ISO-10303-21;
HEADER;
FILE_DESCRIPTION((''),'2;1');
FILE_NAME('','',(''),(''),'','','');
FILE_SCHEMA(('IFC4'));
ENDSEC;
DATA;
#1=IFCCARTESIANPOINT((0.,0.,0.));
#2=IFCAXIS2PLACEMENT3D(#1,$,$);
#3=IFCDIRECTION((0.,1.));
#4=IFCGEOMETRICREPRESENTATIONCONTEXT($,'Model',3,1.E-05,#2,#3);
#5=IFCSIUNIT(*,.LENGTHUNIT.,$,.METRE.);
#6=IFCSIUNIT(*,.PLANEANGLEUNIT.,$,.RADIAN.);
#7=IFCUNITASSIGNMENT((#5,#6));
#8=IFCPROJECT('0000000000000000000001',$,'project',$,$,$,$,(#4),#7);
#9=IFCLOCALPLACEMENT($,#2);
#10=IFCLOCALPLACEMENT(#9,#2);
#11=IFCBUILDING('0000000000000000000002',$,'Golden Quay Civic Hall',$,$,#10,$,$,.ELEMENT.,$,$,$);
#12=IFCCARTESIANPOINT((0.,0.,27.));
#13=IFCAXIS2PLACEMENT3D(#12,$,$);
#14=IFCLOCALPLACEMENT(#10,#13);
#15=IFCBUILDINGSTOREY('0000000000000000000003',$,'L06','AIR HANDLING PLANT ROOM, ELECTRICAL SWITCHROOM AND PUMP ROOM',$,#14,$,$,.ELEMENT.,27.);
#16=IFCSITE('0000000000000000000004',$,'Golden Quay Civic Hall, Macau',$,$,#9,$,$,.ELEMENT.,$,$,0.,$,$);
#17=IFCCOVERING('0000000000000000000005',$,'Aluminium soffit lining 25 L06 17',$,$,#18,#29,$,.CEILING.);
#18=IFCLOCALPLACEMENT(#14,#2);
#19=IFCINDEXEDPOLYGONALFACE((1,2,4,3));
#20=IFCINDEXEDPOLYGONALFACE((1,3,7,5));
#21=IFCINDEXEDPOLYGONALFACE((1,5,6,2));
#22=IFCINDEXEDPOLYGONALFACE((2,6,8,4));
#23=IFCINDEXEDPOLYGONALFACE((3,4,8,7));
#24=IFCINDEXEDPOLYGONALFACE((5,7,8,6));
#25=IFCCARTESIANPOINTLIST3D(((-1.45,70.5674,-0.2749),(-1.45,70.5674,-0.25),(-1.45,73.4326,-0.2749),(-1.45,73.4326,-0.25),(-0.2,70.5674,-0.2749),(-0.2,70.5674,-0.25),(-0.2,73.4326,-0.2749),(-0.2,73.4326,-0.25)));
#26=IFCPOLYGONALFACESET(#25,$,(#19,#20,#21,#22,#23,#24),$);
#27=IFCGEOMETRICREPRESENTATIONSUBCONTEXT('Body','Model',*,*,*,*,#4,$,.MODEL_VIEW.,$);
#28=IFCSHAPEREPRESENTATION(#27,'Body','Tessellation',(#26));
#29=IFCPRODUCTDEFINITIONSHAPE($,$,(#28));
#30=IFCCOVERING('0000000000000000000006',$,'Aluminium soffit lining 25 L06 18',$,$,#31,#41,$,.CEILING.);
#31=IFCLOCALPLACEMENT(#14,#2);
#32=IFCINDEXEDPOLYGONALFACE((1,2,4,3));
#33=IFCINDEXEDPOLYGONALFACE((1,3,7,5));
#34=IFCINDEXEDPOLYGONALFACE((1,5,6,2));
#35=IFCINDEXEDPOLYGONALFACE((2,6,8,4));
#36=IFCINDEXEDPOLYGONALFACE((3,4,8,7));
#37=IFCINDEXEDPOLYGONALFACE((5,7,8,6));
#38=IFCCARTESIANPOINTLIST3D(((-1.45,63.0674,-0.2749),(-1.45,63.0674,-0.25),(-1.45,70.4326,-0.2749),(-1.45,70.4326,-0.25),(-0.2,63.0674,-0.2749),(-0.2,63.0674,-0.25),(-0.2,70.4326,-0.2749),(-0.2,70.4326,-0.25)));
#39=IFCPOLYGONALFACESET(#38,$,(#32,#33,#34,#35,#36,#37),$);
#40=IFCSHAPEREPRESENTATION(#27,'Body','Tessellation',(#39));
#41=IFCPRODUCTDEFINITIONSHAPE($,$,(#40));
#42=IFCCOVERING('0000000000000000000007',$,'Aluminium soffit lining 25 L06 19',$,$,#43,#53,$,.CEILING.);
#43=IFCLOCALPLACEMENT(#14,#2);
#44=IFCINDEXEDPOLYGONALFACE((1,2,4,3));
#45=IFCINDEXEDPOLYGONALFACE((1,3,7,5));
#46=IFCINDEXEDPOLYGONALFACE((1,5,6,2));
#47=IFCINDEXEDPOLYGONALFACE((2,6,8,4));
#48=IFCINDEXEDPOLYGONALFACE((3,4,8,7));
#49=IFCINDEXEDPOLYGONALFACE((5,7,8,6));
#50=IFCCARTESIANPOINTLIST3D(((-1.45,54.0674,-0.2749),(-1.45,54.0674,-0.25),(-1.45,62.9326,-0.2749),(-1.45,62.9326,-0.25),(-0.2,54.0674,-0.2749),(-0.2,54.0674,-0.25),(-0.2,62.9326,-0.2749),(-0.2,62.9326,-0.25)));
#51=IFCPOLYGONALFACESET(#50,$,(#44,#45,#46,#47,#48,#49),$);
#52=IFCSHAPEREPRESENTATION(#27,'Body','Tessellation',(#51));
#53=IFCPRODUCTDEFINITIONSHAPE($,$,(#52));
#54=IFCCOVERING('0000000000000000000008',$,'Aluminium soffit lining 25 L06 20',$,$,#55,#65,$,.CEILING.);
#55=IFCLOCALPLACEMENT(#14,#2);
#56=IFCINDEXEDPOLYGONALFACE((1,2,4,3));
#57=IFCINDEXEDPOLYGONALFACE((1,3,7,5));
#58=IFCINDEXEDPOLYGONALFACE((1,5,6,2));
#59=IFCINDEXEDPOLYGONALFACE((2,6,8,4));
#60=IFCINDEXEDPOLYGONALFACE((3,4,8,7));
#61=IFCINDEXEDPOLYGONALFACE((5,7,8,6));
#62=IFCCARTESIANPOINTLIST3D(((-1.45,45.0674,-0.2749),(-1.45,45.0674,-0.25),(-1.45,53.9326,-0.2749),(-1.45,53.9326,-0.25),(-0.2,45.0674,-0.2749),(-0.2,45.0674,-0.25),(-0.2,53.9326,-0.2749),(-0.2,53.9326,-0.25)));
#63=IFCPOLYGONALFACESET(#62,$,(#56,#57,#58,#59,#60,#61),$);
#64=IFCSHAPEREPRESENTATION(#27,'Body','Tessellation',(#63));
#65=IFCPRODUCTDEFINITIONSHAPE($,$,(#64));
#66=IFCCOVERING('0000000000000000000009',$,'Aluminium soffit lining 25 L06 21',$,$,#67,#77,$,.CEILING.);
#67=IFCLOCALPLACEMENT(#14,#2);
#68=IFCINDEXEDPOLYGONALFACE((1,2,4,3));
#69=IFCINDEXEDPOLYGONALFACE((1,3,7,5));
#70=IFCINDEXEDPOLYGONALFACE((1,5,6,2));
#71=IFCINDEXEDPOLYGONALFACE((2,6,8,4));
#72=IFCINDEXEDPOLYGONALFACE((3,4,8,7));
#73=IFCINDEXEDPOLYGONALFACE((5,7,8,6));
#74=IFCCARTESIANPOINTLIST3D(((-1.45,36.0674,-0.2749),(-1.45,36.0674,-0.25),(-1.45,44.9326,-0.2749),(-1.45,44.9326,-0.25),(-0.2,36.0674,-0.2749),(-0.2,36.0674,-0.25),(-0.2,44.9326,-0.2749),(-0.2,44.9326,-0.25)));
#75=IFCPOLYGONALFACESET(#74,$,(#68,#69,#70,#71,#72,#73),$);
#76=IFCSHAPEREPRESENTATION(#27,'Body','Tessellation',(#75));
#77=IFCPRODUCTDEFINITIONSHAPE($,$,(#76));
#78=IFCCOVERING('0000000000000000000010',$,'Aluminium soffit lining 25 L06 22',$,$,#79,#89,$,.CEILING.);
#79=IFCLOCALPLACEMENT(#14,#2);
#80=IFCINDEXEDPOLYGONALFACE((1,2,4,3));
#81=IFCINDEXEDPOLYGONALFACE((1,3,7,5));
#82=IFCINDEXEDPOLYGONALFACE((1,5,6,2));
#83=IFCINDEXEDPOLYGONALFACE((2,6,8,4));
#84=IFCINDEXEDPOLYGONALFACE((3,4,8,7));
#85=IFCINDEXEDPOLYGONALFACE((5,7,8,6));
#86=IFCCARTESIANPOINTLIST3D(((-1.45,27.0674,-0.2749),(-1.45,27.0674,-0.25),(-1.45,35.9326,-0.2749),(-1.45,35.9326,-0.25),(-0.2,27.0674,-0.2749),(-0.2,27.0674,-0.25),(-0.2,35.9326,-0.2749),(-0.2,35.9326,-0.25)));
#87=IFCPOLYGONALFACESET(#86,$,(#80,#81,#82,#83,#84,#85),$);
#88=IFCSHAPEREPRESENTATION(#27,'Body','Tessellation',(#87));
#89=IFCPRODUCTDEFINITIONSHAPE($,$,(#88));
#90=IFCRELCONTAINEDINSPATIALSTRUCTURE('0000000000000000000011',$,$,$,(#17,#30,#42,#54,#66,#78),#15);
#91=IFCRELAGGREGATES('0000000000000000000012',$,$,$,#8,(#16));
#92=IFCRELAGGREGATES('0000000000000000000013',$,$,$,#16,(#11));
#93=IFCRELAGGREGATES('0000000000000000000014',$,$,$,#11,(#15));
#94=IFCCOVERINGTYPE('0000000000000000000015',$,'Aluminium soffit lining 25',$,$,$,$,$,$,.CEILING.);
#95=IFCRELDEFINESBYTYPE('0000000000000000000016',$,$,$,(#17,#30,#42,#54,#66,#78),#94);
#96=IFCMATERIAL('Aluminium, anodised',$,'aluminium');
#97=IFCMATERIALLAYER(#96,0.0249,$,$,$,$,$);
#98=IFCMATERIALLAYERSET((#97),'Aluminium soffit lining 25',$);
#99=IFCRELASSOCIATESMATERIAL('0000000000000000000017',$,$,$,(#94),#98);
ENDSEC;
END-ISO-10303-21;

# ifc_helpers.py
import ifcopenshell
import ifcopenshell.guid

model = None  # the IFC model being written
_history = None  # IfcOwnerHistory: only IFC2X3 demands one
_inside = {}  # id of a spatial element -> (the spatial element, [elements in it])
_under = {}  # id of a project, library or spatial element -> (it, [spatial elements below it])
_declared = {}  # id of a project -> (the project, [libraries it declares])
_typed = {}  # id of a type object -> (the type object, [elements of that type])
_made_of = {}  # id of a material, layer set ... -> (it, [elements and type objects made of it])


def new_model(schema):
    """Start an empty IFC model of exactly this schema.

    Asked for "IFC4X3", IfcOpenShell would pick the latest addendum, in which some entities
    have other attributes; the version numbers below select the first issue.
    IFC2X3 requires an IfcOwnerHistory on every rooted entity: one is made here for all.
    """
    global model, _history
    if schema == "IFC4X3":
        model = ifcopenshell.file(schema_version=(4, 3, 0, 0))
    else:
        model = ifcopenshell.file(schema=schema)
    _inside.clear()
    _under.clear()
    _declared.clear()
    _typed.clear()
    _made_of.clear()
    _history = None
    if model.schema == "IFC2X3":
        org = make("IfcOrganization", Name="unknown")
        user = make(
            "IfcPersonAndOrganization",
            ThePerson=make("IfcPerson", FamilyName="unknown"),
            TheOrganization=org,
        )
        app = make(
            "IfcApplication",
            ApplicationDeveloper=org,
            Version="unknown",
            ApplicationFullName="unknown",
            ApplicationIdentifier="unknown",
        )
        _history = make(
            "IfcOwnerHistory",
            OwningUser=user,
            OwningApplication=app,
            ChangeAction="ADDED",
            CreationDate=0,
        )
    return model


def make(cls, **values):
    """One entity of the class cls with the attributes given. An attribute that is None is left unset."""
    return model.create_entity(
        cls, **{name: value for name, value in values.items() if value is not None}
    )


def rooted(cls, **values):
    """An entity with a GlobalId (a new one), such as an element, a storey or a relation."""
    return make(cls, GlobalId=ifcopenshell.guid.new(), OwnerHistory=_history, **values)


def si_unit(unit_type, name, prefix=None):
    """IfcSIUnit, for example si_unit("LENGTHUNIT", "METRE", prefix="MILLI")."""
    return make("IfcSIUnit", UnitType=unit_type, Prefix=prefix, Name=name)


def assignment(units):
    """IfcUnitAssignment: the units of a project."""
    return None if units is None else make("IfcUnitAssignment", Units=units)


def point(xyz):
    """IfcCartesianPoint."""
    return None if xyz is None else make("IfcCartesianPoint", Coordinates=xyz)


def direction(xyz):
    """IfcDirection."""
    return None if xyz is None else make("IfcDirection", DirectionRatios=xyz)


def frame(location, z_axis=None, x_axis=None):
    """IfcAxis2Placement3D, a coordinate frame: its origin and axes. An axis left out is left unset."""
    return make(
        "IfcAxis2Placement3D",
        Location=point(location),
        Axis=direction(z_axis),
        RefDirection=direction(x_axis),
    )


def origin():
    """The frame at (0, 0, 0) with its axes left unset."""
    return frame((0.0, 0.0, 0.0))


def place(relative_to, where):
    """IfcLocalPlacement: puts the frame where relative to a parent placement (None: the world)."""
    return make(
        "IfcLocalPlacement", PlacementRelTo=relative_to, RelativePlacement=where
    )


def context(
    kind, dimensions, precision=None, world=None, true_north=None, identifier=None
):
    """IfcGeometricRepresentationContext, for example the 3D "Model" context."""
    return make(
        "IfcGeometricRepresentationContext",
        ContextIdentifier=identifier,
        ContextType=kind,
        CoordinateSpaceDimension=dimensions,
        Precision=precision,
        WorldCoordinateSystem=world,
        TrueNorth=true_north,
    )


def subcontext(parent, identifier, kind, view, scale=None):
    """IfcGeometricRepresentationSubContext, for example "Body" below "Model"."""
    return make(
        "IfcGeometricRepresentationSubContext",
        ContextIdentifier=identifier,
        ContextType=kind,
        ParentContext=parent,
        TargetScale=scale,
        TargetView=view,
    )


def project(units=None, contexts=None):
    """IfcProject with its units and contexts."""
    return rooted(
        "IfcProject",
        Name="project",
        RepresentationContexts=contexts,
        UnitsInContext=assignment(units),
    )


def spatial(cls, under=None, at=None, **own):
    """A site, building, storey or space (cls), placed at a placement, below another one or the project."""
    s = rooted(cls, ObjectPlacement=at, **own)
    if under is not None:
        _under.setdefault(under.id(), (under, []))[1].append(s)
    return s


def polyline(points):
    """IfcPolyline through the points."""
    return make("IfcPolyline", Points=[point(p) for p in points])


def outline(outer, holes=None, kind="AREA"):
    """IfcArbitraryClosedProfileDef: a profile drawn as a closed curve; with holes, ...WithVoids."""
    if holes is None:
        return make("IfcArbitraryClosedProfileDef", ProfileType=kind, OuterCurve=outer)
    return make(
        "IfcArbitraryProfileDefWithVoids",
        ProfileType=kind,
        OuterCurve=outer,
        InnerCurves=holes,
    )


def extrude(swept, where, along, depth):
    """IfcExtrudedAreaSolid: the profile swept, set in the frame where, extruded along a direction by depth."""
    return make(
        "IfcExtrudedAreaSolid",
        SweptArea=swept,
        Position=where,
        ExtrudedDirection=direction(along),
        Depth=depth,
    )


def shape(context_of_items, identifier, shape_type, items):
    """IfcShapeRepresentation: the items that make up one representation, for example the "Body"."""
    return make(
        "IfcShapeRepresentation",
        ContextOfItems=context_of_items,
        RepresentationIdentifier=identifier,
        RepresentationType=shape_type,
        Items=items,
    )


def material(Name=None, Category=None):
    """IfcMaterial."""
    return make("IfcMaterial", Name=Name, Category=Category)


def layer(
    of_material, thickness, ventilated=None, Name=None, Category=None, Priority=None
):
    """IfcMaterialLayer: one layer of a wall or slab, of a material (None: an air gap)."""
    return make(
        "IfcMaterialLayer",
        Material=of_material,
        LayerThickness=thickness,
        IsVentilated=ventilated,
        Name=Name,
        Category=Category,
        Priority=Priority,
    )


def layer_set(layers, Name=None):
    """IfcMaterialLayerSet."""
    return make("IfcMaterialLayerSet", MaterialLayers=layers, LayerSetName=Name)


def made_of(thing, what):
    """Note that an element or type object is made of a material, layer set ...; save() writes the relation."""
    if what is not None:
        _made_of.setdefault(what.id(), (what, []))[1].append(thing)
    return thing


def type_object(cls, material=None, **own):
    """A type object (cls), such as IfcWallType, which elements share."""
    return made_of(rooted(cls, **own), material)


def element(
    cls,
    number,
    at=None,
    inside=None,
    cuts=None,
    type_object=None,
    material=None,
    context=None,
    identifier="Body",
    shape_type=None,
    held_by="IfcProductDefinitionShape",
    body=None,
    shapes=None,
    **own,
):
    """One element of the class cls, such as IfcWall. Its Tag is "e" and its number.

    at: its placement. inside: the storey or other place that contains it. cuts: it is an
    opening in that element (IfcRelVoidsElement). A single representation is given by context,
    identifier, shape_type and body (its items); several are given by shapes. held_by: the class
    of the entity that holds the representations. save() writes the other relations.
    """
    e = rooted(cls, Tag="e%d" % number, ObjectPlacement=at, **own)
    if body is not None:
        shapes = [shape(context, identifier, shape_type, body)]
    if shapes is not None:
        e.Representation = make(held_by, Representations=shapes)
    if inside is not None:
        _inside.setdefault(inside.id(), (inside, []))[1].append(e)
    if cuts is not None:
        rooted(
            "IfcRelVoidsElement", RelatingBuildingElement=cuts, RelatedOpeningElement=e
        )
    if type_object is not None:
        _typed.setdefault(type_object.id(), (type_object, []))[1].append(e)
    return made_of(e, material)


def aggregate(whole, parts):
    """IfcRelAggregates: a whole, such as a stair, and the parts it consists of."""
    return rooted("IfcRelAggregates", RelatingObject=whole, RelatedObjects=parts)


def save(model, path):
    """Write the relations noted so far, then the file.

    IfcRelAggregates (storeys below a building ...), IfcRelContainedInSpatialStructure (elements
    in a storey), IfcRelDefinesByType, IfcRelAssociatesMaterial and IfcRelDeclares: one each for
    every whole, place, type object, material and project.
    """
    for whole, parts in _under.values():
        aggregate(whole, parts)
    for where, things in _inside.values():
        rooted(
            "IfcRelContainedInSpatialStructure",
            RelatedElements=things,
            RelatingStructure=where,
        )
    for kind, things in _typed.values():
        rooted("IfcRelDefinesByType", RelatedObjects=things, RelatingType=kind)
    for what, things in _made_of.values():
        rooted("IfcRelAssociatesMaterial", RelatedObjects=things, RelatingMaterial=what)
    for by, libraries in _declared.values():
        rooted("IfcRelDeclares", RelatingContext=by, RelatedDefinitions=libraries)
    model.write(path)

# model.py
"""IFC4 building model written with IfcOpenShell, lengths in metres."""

from ifc_helpers import new_model, si_unit, direction, frame, origin, place, context, subcontext, project, spatial, polyline, outline, extrude, material, layer, layer_set, type_object, element, save


model = new_model("IFC4")

# Units and contexts
model_context = context("Model", 3, precision=1e-05, world=origin(), true_north=direction((0.0, 1.0)))
body_context = subcontext(model_context, "Body", "Model", "MODEL_VIEW")
ifc_project = project(units=[si_unit("LENGTHUNIT", "METRE"), si_unit("PLANEANGLEUNIT", "RADIAN")], contexts=[model_context])

# Site, building, storey
site_placement = place(None, origin())
site = spatial("IfcSite", under=ifc_project, at=site_placement, Name="Golden Quay Civic Hall, Macau", CompositionType="ELEMENT", RefElevation=0.0)
building_placement = place(site_placement, origin())
building = spatial("IfcBuilding", under=site, at=building_placement, Name="Golden Quay Civic Hall", CompositionType="ELEMENT")
storey_placement = place(building_placement, frame((0.0, 0.0, 27.0)))
storey = spatial("IfcBuildingStorey", under=building, at=storey_placement, Name="L06", Description="AIR HANDLING PLANT ROOM, ELECTRICAL SWITCHROOM AND PUMP ROOM", CompositionType="ELEMENT", Elevation=27.0)

# Coverings
ifc_material = material(Name="Aluminium, anodised", Category="aluminium")
ifc_layer = layer(ifc_material, 0.0249)
ifc_layer_set = layer_set([ifc_layer], Name="Aluminium soffit lining 25")
covering_type = type_object("IfcCoveringType", Name="Aluminium soffit lining 25", PredefinedType="CEILING", material=ifc_layer_set)
covering_1_placement = place(storey_placement, frame((0.0, 0.0, -0.2749)))
element("IfcCovering", 1, at=covering_1_placement, inside=storey, type_object=covering_type, Name="Aluminium soffit lining 25 L06 17", PredefinedType="CEILING", context=body_context, shape_type="SweptSolid", body=[
    extrude(outline(polyline([(-0.2, 70.5674), (-1.45, 70.5674), (-1.45, 73.4326), (-0.2, 73.4326), (-0.2, 70.5674)])), origin(), (0.0, 0.0, 1.0), 0.0249),
])
covering_2_placement = place(storey_placement, frame((0.0, 0.0, -0.2749)))
element("IfcCovering", 2, at=covering_2_placement, inside=storey, type_object=covering_type, Name="Aluminium soffit lining 25 L06 18", PredefinedType="CEILING", context=body_context, shape_type="SweptSolid", body=[
    extrude(outline(polyline([(-0.2, 63.0674), (-1.45, 63.0674), (-1.45, 70.4326), (-0.2, 70.4326), (-0.2, 63.0674)])), origin(), (0.0, 0.0, 1.0), 0.0249),
])
covering_3_placement = place(storey_placement, frame((0.0, 0.0, -0.2749)))
element("IfcCovering", 3, at=covering_3_placement, inside=storey, type_object=covering_type, Name="Aluminium soffit lining 25 L06 19", PredefinedType="CEILING", context=body_context, shape_type="SweptSolid", body=[
    extrude(outline(polyline([(-0.2, 54.0674), (-1.45, 54.0674), (-1.45, 62.9326), (-0.2, 62.9326), (-0.2, 54.0674)])), origin(), (0.0, 0.0, 1.0), 0.0249),
])
covering_4_placement = place(storey_placement, frame((0.0, 0.0, -0.2749)))
element("IfcCovering", 4, at=covering_4_placement, inside=storey, type_object=covering_type, Name="Aluminium soffit lining 25 L06 20", PredefinedType="CEILING", context=body_context, shape_type="SweptSolid", body=[
    extrude(outline(polyline([(-0.2, 45.0674), (-1.45, 45.0674), (-1.45, 53.9326), (-0.2, 53.9326), (-0.2, 45.0674)])), origin(), (0.0, 0.0, 1.0), 0.0249),
])
covering_5_placement = place(storey_placement, frame((0.0, 0.0, -0.2749)))
element("IfcCovering", 5, at=covering_5_placement, inside=storey, type_object=covering_type, Name="Aluminium soffit lining 25 L06 21", PredefinedType="CEILING", context=body_context, shape_type="SweptSolid", body=[
    extrude(outline(polyline([(-0.2, 36.0674), (-1.45, 36.0674), (-1.45, 44.9326), (-0.2, 44.9326), (-0.2, 36.0674)])), origin(), (0.0, 0.0, 1.0), 0.0249),
])
covering_6_placement = place(storey_placement, frame((0.0, 0.0, -0.2749)))
element("IfcCovering", 6, at=covering_6_placement, inside=storey, type_object=covering_type, Name="Aluminium soffit lining 25 L06 22", PredefinedType="CEILING", context=body_context, shape_type="SweptSolid", body=[
    extrude(outline(polyline([(-0.2, 27.0674), (-1.45, 27.0674), (-1.45, 35.9326), (-0.2, 35.9326), (-0.2, 27.0674)])), origin(), (0.0, 0.0, 1.0), 0.0249),
])

save(model, "model.ifc")
